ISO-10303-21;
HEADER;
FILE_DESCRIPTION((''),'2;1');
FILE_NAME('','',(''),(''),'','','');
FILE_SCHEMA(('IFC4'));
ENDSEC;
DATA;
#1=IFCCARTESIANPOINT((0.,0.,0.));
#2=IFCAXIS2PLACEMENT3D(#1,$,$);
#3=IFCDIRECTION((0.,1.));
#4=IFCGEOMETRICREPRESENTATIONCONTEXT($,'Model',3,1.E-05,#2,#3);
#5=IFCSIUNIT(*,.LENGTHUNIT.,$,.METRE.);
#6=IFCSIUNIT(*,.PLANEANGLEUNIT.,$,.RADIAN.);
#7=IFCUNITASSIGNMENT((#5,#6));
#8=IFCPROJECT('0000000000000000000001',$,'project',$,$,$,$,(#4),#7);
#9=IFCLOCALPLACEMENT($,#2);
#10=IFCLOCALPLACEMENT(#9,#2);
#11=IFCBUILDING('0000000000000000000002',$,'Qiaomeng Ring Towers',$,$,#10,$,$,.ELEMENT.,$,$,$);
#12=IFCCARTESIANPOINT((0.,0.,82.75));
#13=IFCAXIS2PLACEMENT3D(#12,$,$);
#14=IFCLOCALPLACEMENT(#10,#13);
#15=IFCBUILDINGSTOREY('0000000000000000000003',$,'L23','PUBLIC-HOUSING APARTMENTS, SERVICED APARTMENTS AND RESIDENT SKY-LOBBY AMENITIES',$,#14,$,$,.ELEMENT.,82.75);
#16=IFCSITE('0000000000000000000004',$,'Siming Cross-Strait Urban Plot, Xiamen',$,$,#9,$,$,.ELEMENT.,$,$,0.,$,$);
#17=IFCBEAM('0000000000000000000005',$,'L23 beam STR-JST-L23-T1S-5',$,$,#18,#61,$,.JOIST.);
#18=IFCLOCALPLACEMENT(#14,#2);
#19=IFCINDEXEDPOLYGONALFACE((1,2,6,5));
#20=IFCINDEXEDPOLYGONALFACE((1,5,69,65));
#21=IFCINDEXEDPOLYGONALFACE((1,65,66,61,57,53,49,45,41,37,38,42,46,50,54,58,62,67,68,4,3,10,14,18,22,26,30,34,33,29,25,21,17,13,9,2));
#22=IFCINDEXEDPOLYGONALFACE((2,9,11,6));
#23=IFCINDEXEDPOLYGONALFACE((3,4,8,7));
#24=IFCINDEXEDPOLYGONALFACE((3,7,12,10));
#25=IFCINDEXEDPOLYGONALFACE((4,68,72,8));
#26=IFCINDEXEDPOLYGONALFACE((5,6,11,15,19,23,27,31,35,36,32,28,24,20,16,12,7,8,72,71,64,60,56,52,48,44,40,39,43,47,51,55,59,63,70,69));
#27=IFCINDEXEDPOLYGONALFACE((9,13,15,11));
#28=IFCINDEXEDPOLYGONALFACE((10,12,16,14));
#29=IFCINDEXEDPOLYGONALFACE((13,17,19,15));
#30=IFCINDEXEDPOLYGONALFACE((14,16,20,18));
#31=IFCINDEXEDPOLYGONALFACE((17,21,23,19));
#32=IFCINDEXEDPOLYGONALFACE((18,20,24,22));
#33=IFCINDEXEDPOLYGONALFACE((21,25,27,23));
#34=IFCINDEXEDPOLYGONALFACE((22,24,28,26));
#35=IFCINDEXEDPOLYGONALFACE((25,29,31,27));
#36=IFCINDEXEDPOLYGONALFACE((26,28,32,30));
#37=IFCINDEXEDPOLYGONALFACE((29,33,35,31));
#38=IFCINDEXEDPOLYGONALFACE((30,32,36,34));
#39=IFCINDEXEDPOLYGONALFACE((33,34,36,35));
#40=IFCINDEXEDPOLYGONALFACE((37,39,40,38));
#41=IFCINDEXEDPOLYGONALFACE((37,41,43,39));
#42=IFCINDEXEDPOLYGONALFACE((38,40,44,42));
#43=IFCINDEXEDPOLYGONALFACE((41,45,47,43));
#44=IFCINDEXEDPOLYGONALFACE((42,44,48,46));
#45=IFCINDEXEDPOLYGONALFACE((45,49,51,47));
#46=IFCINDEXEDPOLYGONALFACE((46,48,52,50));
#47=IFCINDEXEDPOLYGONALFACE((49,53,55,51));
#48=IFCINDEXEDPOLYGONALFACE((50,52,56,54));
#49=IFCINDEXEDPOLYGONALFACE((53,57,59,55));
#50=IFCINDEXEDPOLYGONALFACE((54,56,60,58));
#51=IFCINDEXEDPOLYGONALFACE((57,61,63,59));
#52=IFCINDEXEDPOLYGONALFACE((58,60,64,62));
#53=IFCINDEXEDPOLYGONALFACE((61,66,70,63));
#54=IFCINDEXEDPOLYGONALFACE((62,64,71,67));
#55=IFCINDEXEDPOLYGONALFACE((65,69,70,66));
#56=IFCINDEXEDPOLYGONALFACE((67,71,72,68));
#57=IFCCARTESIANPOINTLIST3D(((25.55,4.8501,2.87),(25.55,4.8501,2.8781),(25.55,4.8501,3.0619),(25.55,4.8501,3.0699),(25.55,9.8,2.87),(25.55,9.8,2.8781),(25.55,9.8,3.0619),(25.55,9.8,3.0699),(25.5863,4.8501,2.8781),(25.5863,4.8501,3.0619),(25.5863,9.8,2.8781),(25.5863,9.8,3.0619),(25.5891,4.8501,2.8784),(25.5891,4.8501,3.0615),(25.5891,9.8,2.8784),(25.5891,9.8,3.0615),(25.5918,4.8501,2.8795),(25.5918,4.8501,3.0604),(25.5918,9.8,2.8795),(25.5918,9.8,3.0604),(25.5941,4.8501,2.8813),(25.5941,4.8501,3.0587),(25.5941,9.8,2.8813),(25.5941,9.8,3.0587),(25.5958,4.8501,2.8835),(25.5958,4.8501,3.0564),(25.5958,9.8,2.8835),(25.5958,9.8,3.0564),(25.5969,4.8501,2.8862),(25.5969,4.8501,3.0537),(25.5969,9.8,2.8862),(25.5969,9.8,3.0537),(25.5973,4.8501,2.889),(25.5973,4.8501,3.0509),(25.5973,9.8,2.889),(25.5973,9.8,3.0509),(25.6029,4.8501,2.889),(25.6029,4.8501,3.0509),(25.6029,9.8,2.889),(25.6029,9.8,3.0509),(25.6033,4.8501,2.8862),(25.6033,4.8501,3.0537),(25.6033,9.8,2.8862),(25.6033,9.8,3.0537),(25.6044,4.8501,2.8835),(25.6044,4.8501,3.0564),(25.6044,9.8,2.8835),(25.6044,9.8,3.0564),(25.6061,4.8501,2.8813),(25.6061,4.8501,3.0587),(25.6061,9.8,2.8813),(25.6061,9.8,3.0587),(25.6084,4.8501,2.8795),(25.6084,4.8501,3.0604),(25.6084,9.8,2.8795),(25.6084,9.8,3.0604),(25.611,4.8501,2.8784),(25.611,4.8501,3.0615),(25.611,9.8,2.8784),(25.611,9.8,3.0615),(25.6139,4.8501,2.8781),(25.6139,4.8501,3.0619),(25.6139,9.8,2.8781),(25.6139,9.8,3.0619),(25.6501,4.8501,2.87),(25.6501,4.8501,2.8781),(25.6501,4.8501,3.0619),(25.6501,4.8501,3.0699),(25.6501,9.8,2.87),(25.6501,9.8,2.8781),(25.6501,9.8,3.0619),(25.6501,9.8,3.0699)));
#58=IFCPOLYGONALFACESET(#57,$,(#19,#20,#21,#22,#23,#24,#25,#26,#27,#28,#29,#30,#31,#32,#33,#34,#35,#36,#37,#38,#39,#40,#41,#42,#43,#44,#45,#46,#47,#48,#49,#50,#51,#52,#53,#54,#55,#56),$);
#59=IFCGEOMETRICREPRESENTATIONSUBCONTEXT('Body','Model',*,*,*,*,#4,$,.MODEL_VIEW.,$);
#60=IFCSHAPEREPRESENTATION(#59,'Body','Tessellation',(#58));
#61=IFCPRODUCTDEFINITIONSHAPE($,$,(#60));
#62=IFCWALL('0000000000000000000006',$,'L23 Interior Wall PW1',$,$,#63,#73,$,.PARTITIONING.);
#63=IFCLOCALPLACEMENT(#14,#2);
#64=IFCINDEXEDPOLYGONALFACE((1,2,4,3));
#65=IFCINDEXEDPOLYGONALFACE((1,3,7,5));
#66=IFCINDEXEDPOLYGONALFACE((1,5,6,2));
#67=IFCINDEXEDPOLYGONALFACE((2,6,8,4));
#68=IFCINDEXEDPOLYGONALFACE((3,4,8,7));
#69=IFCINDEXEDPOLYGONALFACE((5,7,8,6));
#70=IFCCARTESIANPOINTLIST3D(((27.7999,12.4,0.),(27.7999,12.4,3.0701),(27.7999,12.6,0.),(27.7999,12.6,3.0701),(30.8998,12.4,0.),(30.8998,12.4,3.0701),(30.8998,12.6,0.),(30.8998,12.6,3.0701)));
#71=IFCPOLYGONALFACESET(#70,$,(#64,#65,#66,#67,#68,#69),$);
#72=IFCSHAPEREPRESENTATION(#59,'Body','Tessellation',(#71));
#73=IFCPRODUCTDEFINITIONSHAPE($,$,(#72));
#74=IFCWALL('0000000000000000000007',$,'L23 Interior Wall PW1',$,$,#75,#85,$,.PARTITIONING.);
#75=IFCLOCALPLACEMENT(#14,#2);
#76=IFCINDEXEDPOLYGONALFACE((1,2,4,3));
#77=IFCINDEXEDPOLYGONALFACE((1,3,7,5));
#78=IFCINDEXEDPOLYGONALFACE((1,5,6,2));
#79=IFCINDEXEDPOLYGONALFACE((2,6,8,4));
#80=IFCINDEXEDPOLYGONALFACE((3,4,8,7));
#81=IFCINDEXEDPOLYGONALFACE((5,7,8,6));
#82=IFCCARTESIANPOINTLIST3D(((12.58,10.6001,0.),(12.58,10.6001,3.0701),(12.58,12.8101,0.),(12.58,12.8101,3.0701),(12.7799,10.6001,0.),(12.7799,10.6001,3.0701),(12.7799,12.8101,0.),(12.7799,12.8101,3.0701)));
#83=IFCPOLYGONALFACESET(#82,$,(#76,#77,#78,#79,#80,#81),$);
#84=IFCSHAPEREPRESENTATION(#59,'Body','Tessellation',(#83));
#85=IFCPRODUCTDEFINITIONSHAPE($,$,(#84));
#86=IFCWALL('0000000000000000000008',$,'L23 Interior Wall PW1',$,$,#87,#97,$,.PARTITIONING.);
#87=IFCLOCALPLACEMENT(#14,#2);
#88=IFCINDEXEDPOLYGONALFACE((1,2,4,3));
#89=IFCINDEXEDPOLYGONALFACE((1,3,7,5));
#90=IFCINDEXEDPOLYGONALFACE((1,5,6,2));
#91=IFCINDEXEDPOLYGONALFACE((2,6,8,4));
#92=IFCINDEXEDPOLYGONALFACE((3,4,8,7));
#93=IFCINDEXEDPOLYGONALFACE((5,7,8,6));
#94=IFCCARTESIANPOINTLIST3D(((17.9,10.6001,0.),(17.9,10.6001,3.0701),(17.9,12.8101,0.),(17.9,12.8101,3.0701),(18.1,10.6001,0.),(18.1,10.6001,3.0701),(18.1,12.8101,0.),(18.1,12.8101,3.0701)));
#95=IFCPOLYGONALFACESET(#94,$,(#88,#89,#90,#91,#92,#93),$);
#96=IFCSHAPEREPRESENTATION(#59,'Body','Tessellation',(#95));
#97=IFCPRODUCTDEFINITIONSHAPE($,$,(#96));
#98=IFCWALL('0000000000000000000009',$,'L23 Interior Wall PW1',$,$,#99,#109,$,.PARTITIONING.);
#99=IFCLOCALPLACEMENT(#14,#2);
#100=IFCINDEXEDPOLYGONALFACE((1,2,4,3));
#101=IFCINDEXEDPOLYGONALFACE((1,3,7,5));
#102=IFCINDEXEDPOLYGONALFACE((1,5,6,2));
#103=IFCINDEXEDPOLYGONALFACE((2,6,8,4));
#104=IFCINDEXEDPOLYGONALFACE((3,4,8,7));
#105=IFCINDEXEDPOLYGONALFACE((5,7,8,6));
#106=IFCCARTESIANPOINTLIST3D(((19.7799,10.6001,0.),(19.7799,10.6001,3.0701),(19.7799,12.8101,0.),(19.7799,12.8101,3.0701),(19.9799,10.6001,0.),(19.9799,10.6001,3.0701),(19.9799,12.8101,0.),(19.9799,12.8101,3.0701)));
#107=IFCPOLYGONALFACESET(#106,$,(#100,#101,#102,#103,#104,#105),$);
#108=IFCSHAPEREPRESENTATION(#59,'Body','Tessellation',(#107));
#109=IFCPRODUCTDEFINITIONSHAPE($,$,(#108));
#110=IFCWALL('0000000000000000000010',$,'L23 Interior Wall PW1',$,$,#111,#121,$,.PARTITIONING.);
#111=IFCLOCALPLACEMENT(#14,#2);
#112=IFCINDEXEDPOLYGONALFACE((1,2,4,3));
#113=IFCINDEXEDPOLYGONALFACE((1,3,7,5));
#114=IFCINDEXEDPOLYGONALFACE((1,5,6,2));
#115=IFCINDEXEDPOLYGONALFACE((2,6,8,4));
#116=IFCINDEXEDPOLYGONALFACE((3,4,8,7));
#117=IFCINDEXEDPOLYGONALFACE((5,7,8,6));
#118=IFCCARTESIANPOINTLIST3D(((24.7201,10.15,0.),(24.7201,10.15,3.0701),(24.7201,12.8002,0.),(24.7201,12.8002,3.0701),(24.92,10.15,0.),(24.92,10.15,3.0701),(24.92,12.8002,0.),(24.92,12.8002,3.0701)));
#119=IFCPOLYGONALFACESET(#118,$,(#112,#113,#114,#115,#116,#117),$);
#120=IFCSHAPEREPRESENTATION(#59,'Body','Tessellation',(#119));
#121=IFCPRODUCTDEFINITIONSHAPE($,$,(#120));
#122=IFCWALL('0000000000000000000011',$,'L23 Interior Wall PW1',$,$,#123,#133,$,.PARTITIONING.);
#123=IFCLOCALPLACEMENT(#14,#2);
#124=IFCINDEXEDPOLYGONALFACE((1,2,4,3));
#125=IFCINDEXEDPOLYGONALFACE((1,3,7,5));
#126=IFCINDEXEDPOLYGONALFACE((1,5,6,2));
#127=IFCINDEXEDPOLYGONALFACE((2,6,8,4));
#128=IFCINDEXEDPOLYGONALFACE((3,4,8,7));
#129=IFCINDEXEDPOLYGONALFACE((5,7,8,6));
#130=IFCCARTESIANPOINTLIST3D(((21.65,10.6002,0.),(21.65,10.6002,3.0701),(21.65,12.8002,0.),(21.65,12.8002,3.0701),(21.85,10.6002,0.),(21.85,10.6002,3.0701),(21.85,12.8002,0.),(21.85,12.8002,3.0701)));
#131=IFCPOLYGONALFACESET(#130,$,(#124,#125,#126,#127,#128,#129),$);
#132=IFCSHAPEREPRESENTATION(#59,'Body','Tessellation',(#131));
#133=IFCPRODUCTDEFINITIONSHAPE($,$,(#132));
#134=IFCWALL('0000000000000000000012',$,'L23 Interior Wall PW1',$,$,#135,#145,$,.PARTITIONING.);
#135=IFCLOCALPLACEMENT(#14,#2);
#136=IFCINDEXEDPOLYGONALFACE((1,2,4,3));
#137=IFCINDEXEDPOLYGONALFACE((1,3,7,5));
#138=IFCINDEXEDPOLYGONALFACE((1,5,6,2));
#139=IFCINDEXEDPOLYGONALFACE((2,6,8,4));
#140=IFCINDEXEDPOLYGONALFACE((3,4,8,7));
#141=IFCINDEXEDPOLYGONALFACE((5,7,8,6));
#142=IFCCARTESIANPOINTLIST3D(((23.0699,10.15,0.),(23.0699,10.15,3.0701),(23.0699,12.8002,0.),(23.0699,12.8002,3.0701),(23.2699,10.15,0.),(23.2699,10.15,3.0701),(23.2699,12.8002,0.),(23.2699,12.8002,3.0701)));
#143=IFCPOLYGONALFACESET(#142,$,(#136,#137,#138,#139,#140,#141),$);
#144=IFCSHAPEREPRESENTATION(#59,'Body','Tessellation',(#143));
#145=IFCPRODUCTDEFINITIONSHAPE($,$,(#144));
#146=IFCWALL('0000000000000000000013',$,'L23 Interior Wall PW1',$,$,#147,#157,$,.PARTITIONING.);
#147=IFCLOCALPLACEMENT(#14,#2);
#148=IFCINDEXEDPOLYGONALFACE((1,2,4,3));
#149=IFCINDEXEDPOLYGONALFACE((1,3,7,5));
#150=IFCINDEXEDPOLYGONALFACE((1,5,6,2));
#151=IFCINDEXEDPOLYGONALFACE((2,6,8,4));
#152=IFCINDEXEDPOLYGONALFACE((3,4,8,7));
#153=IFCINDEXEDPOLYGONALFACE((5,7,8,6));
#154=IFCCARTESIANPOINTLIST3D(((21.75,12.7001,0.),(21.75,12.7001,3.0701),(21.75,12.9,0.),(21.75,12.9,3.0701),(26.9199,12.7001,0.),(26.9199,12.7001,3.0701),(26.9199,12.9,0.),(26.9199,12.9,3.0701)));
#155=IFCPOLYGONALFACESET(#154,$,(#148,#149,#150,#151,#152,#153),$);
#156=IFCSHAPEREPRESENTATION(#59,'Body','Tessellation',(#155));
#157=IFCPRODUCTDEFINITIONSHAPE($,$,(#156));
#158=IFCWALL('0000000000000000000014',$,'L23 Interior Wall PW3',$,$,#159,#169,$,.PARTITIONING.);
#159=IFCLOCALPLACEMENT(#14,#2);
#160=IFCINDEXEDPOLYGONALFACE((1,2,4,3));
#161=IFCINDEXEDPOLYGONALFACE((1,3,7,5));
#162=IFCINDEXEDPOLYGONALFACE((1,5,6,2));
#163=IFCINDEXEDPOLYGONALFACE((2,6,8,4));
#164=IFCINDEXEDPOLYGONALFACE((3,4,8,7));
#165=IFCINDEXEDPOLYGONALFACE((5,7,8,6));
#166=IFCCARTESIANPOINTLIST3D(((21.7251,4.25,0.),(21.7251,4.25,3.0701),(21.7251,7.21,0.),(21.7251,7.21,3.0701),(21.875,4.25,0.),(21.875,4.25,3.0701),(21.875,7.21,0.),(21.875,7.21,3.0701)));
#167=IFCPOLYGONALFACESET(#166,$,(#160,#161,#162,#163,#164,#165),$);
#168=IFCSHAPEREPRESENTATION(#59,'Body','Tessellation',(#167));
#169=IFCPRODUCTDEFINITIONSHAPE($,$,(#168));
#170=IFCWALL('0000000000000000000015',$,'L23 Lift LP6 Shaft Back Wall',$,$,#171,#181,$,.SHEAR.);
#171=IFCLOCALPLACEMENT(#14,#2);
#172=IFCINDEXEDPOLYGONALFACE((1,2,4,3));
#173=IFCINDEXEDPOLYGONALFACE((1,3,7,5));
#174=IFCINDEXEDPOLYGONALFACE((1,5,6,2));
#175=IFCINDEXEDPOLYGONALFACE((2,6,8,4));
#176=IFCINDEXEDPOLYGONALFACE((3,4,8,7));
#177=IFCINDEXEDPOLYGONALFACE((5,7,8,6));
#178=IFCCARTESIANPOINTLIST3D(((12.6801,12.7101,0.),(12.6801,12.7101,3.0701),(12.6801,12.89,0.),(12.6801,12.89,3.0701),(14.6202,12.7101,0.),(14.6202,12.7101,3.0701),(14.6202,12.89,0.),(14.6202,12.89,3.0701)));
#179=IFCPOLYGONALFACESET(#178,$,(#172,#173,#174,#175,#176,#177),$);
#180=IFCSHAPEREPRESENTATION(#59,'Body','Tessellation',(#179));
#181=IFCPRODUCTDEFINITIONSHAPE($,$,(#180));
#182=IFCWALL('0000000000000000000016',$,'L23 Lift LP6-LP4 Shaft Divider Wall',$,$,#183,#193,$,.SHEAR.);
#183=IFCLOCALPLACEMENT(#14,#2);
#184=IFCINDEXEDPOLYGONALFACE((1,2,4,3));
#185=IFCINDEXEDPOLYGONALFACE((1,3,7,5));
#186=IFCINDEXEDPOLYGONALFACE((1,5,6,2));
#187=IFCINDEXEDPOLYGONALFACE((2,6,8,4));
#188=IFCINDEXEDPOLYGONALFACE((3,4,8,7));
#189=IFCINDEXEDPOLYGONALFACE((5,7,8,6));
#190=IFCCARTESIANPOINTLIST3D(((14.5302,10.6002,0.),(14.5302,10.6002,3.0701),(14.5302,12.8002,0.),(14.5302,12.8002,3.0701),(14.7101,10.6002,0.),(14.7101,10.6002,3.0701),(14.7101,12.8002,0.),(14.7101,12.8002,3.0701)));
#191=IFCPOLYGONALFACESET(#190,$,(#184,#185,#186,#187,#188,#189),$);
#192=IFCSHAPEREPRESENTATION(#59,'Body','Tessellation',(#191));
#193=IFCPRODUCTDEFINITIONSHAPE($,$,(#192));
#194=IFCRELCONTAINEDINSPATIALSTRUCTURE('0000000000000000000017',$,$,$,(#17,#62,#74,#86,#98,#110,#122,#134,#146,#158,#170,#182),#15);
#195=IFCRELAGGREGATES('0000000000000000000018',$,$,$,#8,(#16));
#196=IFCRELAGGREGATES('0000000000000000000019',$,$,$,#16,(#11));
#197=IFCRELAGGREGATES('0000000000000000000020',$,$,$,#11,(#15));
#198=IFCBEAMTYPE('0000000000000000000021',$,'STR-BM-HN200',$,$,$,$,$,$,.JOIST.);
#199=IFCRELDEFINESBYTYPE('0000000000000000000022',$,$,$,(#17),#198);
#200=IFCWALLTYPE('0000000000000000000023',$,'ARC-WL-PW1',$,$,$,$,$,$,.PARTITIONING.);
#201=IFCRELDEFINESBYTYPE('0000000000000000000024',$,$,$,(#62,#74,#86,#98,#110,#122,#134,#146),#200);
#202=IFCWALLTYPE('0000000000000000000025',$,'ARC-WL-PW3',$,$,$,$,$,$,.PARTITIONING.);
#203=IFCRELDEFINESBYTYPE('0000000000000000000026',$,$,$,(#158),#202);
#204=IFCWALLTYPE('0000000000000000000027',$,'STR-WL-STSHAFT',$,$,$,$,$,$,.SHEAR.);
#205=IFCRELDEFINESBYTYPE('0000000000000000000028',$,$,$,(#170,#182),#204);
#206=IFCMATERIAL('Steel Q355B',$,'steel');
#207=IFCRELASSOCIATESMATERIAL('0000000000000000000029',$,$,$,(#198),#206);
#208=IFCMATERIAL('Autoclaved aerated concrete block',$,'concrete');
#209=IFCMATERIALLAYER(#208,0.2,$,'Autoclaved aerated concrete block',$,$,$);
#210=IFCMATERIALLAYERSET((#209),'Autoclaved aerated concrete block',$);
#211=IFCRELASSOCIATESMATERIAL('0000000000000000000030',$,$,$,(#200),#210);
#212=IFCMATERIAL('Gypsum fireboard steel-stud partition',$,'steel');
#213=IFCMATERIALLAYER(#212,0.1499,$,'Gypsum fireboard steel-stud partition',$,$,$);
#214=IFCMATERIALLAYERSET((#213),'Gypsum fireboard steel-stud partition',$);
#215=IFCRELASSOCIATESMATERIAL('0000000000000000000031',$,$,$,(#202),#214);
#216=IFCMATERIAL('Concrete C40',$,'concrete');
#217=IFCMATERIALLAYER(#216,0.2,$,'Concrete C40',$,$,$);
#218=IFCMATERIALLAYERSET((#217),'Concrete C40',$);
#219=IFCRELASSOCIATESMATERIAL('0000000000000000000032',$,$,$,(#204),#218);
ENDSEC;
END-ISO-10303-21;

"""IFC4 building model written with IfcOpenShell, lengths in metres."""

from ifc_helpers import new_model, si_unit, direction, frame, frame_2d, origin, origin_2d, place, context, subcontext, project, spatial, rectangle, i_section, extrude, source, transform, mapped, material, layer, layer_set, material_profile, profile_set, type_object, element, save


model = new_model("IFC4")

# Units and contexts
model_context = context("Model", 3, precision=1e-05, world=origin(), true_north=direction((0.0, 1.0)))
body_context = subcontext(model_context, "Body", "Model", "MODEL_VIEW")
ifc_project = project(units=[si_unit("LENGTHUNIT", "METRE"), si_unit("PLANEANGLEUNIT", "RADIAN")], contexts=[model_context])

# Site, building, storey
site_placement = place(None, origin())
site = spatial("IfcSite", under=ifc_project, at=site_placement, Name="Siming Cross-Strait Urban Plot, Xiamen", CompositionType="ELEMENT", RefElevation=0.0)
building_placement = place(site_placement, origin())
building = spatial("IfcBuilding", under=site, at=building_placement, Name="Qiaomeng Ring Towers", CompositionType="ELEMENT")
storey_placement = place(building_placement, frame((0.0, 0.0, 82.75)))
storey = spatial("IfcBuildingStorey", under=building, at=storey_placement, Name="L23", Description="PUBLIC-HOUSING APARTMENTS, SERVICED APARTMENTS AND RESIDENT SKY-LOBBY AMENITIES", CompositionType="ELEMENT", Elevation=82.75)

# Beam
ifc_material_1 = material(Name="Steel Q355B", Category="steel")
ifc_material_profile_1 = material_profile(ifc_material_1, i_section(OverallWidth=0.1001, OverallDepth=0.2, WebThickness=0.0056, FlangeThickness=0.0081, FilletRadius=0.011, at=origin_2d()), Name="HN 200x100x5.5x8")
ifc_profile_set_1 = profile_set([ifc_material_profile_1], Name="Steel Q355B")
beam_type_1 = type_object("IfcBeamType", Name="STR-BM-HN200", PredefinedType="JOIST", material=ifc_profile_set_1)
shared_shape_1 = source(origin(), body_context, "Body", "SweptSolid", [
    extrude(i_section(OverallWidth=0.1001, OverallDepth=0.2, WebThickness=0.0056, FlangeThickness=0.0081, FilletRadius=0.011, at=origin_2d()), origin(), (0.0, 0.0, 1.0), 4.95),
])
for number, where, z_axis, x_axis, name in (
    (1, (25.6001, 4.8501, 2.97), (0.0, 1.0, 0.0), (-1.0, 0.0, 0.0), "L23 beam STR-JST-L23-T1S-5"),
):
    element("IfcBeam", number, at=place(storey_placement, frame(where, z_axis=z_axis, x_axis=x_axis)), inside=storey, type_object=beam_type_1, Name=name, PredefinedType="JOIST", context=body_context, shape_type="MappedRepresentation", body=[
        mapped(shared_shape_1, transform((0.0, 0.0, 0.0), x_axis=(1.0, 0.0, 0.0), y_axis=(0.0, 1.0, 0.0), z_axis=(0.0, 0.0, 1.0), scale=1.0)),
    ])

# Walls
ifc_material_2 = material(Name="Autoclaved aerated concrete block", Category="concrete")
ifc_layer_1 = layer(ifc_material_2, 0.2, Name="Autoclaved aerated concrete block")
ifc_layer_set_1 = layer_set([ifc_layer_1], Name="Autoclaved aerated concrete block")
wall_type_1 = type_object("IfcWallType", Name="ARC-WL-PW1", PredefinedType="PARTITIONING", material=ifc_layer_set_1)
wall_1_placement = place(storey_placement, frame((27.8, 12.5, 0.0), z_axis=(0.0, 0.0, 1.0), x_axis=(1.0, 0.0, 0.0)))
element("IfcWall", 2, at=wall_1_placement, inside=storey, type_object=wall_type_1, Name="L23 Interior Wall PW1", PredefinedType="PARTITIONING", context=body_context, shape_type="SweptSolid", body=[
    extrude(rectangle(XDim=3.0999, YDim=0.2, at=frame_2d((1.5498, 0.0))), origin(), (0.0, 0.0, 1.0), 3.0701),
])
for number, where, z_axis, x_axis, name in (
    (3, (12.6799, 10.6001, 0.0), (0.0, 0.0, 1.0), (0.0, 1.0, 0.0), "L23 Interior Wall PW1"),
    (4, (18.0, 10.6001, 0.0), (0.0, 0.0, 1.0), (0.0, 1.0, 0.0), "L23 Interior Wall PW1"),
    (5, (19.8799, 10.6001, 0.0), (0.0, 0.0, 1.0), (0.0, 1.0, 0.0), "L23 Interior Wall PW1"),
):
    element("IfcWall", number, at=place(storey_placement, frame(where, z_axis=z_axis, x_axis=x_axis)), inside=storey, type_object=wall_type_1, Name=name, PredefinedType="PARTITIONING", context=body_context, shape_type="SweptSolid", body=[
        extrude(rectangle(XDim=2.21, YDim=0.2, at=frame_2d((1.105, 0.0))), origin(), (0.0, 0.0, 1.0), 3.0701),
    ])
wall_2_placement = place(storey_placement, frame((24.8201, 10.1499, 0.0), z_axis=(0.0, 0.0, 1.0), x_axis=(0.0, 1.0, 0.0)))
element("IfcWall", 6, at=wall_2_placement, inside=storey, type_object=wall_type_1, Name="L23 Interior Wall PW1", PredefinedType="PARTITIONING", context=body_context, shape_type="SweptSolid", body=[
    extrude(rectangle(XDim=2.6501, YDim=0.2, at=frame_2d((1.3252, 0.0))), origin(), (0.0, 0.0, 1.0), 3.0701),
])
wall_3_placement = place(storey_placement, frame((21.75, 10.6001, 0.0), z_axis=(0.0, 0.0, 1.0), x_axis=(0.0, 1.0, 0.0)))
element("IfcWall", 7, at=wall_3_placement, inside=storey, type_object=wall_type_1, Name="L23 Interior Wall PW1", PredefinedType="PARTITIONING", context=body_context, shape_type="SweptSolid", body=[
    extrude(rectangle(XDim=2.2, YDim=0.2, at=frame_2d((1.1001, 0.0))), origin(), (0.0, 0.0, 1.0), 3.0701),
])
wall_4_placement = place(storey_placement, frame((23.1699, 10.1499, 0.0), z_axis=(0.0, 0.0, 1.0), x_axis=(0.0, 1.0, 0.0)))
element("IfcWall", 8, at=wall_4_placement, inside=storey, type_object=wall_type_1, Name="L23 Interior Wall PW1", PredefinedType="PARTITIONING", context=body_context, shape_type="SweptSolid", body=[
    extrude(rectangle(XDim=2.6501, YDim=0.2, at=frame_2d((1.3252, 0.0))), origin(), (0.0, 0.0, 1.0), 3.0701),
])
wall_5_placement = place(storey_placement, frame((21.75, 12.8, 0.0), z_axis=(0.0, 0.0, 1.0), x_axis=(1.0, 0.0, 0.0)))
element("IfcWall", 9, at=wall_5_placement, inside=storey, type_object=wall_type_1, Name="L23 Interior Wall PW1", PredefinedType="PARTITIONING", context=body_context, shape_type="SweptSolid", body=[
    extrude(rectangle(XDim=5.1699, YDim=0.2, at=frame_2d((2.585, 0.0))), origin(), (0.0, 0.0, 1.0), 3.0701),
])
ifc_material_3 = material(Name="Gypsum fireboard steel-stud partition", Category="steel")
ifc_layer_2 = layer(ifc_material_3, 0.1499, Name="Gypsum fireboard steel-stud partition")
ifc_layer_set_2 = layer_set([ifc_layer_2], Name="Gypsum fireboard steel-stud partition")
wall_type_2 = type_object("IfcWallType", Name="ARC-WL-PW3", PredefinedType="PARTITIONING", material=ifc_layer_set_2)
wall_6_placement = place(storey_placement, frame((21.8, 4.25, 0.0), z_axis=(0.0, 0.0, 1.0), x_axis=(0.0, 1.0, 0.0)))
element("IfcWall", 10, at=wall_6_placement, inside=storey, type_object=wall_type_2, Name="L23 Interior Wall PW3", PredefinedType="PARTITIONING", context=body_context, shape_type="SweptSolid", body=[
    extrude(rectangle(XDim=2.96, YDim=0.1499, at=frame_2d((1.48, 0.0))), origin(), (0.0, 0.0, 1.0), 3.0701),
])
ifc_material_4 = material(Name="Concrete C40", Category="concrete")
ifc_layer_3 = layer(ifc_material_4, 0.2, Name="Concrete C40")
ifc_layer_set_3 = layer_set([ifc_layer_3], Name="Concrete C40")
wall_type_3 = type_object("IfcWallType", Name="STR-WL-STSHAFT", PredefinedType="SHEAR", material=ifc_layer_set_3)
wall_7_placement = place(storey_placement, frame((12.6799, 12.8, 0.0), z_axis=(0.0, 0.0, 1.0), x_axis=(1.0, 0.0, 0.0)))
element("IfcWall", 11, at=wall_7_placement, inside=storey, type_object=wall_type_3, Name="L23 Lift LP6 Shaft Back Wall", PredefinedType="SHEAR", context=body_context, shape_type="SweptSolid", body=[
    extrude(rectangle(XDim=1.9402, YDim=0.1799, at=frame_2d((0.9702, 0.0))), origin(), (0.0, 0.0, 1.0), 3.0701),
])
wall_8_placement = place(storey_placement, frame((14.6201, 10.6001, 0.0), z_axis=(0.0, 0.0, 1.0), x_axis=(0.0, 1.0, 0.0)))
element("IfcWall", 12, at=wall_8_placement, inside=storey, type_object=wall_type_3, Name="L23 Lift LP6-LP4 Shaft Divider Wall", PredefinedType="SHEAR", context=body_context, shape_type="SweptSolid", body=[
    extrude(rectangle(XDim=2.2, YDim=0.1799, at=frame_2d((1.1001, 0.0))), origin(), (0.0, 0.0, 1.0), 3.0701),
])

save(model, "model.ifc")
